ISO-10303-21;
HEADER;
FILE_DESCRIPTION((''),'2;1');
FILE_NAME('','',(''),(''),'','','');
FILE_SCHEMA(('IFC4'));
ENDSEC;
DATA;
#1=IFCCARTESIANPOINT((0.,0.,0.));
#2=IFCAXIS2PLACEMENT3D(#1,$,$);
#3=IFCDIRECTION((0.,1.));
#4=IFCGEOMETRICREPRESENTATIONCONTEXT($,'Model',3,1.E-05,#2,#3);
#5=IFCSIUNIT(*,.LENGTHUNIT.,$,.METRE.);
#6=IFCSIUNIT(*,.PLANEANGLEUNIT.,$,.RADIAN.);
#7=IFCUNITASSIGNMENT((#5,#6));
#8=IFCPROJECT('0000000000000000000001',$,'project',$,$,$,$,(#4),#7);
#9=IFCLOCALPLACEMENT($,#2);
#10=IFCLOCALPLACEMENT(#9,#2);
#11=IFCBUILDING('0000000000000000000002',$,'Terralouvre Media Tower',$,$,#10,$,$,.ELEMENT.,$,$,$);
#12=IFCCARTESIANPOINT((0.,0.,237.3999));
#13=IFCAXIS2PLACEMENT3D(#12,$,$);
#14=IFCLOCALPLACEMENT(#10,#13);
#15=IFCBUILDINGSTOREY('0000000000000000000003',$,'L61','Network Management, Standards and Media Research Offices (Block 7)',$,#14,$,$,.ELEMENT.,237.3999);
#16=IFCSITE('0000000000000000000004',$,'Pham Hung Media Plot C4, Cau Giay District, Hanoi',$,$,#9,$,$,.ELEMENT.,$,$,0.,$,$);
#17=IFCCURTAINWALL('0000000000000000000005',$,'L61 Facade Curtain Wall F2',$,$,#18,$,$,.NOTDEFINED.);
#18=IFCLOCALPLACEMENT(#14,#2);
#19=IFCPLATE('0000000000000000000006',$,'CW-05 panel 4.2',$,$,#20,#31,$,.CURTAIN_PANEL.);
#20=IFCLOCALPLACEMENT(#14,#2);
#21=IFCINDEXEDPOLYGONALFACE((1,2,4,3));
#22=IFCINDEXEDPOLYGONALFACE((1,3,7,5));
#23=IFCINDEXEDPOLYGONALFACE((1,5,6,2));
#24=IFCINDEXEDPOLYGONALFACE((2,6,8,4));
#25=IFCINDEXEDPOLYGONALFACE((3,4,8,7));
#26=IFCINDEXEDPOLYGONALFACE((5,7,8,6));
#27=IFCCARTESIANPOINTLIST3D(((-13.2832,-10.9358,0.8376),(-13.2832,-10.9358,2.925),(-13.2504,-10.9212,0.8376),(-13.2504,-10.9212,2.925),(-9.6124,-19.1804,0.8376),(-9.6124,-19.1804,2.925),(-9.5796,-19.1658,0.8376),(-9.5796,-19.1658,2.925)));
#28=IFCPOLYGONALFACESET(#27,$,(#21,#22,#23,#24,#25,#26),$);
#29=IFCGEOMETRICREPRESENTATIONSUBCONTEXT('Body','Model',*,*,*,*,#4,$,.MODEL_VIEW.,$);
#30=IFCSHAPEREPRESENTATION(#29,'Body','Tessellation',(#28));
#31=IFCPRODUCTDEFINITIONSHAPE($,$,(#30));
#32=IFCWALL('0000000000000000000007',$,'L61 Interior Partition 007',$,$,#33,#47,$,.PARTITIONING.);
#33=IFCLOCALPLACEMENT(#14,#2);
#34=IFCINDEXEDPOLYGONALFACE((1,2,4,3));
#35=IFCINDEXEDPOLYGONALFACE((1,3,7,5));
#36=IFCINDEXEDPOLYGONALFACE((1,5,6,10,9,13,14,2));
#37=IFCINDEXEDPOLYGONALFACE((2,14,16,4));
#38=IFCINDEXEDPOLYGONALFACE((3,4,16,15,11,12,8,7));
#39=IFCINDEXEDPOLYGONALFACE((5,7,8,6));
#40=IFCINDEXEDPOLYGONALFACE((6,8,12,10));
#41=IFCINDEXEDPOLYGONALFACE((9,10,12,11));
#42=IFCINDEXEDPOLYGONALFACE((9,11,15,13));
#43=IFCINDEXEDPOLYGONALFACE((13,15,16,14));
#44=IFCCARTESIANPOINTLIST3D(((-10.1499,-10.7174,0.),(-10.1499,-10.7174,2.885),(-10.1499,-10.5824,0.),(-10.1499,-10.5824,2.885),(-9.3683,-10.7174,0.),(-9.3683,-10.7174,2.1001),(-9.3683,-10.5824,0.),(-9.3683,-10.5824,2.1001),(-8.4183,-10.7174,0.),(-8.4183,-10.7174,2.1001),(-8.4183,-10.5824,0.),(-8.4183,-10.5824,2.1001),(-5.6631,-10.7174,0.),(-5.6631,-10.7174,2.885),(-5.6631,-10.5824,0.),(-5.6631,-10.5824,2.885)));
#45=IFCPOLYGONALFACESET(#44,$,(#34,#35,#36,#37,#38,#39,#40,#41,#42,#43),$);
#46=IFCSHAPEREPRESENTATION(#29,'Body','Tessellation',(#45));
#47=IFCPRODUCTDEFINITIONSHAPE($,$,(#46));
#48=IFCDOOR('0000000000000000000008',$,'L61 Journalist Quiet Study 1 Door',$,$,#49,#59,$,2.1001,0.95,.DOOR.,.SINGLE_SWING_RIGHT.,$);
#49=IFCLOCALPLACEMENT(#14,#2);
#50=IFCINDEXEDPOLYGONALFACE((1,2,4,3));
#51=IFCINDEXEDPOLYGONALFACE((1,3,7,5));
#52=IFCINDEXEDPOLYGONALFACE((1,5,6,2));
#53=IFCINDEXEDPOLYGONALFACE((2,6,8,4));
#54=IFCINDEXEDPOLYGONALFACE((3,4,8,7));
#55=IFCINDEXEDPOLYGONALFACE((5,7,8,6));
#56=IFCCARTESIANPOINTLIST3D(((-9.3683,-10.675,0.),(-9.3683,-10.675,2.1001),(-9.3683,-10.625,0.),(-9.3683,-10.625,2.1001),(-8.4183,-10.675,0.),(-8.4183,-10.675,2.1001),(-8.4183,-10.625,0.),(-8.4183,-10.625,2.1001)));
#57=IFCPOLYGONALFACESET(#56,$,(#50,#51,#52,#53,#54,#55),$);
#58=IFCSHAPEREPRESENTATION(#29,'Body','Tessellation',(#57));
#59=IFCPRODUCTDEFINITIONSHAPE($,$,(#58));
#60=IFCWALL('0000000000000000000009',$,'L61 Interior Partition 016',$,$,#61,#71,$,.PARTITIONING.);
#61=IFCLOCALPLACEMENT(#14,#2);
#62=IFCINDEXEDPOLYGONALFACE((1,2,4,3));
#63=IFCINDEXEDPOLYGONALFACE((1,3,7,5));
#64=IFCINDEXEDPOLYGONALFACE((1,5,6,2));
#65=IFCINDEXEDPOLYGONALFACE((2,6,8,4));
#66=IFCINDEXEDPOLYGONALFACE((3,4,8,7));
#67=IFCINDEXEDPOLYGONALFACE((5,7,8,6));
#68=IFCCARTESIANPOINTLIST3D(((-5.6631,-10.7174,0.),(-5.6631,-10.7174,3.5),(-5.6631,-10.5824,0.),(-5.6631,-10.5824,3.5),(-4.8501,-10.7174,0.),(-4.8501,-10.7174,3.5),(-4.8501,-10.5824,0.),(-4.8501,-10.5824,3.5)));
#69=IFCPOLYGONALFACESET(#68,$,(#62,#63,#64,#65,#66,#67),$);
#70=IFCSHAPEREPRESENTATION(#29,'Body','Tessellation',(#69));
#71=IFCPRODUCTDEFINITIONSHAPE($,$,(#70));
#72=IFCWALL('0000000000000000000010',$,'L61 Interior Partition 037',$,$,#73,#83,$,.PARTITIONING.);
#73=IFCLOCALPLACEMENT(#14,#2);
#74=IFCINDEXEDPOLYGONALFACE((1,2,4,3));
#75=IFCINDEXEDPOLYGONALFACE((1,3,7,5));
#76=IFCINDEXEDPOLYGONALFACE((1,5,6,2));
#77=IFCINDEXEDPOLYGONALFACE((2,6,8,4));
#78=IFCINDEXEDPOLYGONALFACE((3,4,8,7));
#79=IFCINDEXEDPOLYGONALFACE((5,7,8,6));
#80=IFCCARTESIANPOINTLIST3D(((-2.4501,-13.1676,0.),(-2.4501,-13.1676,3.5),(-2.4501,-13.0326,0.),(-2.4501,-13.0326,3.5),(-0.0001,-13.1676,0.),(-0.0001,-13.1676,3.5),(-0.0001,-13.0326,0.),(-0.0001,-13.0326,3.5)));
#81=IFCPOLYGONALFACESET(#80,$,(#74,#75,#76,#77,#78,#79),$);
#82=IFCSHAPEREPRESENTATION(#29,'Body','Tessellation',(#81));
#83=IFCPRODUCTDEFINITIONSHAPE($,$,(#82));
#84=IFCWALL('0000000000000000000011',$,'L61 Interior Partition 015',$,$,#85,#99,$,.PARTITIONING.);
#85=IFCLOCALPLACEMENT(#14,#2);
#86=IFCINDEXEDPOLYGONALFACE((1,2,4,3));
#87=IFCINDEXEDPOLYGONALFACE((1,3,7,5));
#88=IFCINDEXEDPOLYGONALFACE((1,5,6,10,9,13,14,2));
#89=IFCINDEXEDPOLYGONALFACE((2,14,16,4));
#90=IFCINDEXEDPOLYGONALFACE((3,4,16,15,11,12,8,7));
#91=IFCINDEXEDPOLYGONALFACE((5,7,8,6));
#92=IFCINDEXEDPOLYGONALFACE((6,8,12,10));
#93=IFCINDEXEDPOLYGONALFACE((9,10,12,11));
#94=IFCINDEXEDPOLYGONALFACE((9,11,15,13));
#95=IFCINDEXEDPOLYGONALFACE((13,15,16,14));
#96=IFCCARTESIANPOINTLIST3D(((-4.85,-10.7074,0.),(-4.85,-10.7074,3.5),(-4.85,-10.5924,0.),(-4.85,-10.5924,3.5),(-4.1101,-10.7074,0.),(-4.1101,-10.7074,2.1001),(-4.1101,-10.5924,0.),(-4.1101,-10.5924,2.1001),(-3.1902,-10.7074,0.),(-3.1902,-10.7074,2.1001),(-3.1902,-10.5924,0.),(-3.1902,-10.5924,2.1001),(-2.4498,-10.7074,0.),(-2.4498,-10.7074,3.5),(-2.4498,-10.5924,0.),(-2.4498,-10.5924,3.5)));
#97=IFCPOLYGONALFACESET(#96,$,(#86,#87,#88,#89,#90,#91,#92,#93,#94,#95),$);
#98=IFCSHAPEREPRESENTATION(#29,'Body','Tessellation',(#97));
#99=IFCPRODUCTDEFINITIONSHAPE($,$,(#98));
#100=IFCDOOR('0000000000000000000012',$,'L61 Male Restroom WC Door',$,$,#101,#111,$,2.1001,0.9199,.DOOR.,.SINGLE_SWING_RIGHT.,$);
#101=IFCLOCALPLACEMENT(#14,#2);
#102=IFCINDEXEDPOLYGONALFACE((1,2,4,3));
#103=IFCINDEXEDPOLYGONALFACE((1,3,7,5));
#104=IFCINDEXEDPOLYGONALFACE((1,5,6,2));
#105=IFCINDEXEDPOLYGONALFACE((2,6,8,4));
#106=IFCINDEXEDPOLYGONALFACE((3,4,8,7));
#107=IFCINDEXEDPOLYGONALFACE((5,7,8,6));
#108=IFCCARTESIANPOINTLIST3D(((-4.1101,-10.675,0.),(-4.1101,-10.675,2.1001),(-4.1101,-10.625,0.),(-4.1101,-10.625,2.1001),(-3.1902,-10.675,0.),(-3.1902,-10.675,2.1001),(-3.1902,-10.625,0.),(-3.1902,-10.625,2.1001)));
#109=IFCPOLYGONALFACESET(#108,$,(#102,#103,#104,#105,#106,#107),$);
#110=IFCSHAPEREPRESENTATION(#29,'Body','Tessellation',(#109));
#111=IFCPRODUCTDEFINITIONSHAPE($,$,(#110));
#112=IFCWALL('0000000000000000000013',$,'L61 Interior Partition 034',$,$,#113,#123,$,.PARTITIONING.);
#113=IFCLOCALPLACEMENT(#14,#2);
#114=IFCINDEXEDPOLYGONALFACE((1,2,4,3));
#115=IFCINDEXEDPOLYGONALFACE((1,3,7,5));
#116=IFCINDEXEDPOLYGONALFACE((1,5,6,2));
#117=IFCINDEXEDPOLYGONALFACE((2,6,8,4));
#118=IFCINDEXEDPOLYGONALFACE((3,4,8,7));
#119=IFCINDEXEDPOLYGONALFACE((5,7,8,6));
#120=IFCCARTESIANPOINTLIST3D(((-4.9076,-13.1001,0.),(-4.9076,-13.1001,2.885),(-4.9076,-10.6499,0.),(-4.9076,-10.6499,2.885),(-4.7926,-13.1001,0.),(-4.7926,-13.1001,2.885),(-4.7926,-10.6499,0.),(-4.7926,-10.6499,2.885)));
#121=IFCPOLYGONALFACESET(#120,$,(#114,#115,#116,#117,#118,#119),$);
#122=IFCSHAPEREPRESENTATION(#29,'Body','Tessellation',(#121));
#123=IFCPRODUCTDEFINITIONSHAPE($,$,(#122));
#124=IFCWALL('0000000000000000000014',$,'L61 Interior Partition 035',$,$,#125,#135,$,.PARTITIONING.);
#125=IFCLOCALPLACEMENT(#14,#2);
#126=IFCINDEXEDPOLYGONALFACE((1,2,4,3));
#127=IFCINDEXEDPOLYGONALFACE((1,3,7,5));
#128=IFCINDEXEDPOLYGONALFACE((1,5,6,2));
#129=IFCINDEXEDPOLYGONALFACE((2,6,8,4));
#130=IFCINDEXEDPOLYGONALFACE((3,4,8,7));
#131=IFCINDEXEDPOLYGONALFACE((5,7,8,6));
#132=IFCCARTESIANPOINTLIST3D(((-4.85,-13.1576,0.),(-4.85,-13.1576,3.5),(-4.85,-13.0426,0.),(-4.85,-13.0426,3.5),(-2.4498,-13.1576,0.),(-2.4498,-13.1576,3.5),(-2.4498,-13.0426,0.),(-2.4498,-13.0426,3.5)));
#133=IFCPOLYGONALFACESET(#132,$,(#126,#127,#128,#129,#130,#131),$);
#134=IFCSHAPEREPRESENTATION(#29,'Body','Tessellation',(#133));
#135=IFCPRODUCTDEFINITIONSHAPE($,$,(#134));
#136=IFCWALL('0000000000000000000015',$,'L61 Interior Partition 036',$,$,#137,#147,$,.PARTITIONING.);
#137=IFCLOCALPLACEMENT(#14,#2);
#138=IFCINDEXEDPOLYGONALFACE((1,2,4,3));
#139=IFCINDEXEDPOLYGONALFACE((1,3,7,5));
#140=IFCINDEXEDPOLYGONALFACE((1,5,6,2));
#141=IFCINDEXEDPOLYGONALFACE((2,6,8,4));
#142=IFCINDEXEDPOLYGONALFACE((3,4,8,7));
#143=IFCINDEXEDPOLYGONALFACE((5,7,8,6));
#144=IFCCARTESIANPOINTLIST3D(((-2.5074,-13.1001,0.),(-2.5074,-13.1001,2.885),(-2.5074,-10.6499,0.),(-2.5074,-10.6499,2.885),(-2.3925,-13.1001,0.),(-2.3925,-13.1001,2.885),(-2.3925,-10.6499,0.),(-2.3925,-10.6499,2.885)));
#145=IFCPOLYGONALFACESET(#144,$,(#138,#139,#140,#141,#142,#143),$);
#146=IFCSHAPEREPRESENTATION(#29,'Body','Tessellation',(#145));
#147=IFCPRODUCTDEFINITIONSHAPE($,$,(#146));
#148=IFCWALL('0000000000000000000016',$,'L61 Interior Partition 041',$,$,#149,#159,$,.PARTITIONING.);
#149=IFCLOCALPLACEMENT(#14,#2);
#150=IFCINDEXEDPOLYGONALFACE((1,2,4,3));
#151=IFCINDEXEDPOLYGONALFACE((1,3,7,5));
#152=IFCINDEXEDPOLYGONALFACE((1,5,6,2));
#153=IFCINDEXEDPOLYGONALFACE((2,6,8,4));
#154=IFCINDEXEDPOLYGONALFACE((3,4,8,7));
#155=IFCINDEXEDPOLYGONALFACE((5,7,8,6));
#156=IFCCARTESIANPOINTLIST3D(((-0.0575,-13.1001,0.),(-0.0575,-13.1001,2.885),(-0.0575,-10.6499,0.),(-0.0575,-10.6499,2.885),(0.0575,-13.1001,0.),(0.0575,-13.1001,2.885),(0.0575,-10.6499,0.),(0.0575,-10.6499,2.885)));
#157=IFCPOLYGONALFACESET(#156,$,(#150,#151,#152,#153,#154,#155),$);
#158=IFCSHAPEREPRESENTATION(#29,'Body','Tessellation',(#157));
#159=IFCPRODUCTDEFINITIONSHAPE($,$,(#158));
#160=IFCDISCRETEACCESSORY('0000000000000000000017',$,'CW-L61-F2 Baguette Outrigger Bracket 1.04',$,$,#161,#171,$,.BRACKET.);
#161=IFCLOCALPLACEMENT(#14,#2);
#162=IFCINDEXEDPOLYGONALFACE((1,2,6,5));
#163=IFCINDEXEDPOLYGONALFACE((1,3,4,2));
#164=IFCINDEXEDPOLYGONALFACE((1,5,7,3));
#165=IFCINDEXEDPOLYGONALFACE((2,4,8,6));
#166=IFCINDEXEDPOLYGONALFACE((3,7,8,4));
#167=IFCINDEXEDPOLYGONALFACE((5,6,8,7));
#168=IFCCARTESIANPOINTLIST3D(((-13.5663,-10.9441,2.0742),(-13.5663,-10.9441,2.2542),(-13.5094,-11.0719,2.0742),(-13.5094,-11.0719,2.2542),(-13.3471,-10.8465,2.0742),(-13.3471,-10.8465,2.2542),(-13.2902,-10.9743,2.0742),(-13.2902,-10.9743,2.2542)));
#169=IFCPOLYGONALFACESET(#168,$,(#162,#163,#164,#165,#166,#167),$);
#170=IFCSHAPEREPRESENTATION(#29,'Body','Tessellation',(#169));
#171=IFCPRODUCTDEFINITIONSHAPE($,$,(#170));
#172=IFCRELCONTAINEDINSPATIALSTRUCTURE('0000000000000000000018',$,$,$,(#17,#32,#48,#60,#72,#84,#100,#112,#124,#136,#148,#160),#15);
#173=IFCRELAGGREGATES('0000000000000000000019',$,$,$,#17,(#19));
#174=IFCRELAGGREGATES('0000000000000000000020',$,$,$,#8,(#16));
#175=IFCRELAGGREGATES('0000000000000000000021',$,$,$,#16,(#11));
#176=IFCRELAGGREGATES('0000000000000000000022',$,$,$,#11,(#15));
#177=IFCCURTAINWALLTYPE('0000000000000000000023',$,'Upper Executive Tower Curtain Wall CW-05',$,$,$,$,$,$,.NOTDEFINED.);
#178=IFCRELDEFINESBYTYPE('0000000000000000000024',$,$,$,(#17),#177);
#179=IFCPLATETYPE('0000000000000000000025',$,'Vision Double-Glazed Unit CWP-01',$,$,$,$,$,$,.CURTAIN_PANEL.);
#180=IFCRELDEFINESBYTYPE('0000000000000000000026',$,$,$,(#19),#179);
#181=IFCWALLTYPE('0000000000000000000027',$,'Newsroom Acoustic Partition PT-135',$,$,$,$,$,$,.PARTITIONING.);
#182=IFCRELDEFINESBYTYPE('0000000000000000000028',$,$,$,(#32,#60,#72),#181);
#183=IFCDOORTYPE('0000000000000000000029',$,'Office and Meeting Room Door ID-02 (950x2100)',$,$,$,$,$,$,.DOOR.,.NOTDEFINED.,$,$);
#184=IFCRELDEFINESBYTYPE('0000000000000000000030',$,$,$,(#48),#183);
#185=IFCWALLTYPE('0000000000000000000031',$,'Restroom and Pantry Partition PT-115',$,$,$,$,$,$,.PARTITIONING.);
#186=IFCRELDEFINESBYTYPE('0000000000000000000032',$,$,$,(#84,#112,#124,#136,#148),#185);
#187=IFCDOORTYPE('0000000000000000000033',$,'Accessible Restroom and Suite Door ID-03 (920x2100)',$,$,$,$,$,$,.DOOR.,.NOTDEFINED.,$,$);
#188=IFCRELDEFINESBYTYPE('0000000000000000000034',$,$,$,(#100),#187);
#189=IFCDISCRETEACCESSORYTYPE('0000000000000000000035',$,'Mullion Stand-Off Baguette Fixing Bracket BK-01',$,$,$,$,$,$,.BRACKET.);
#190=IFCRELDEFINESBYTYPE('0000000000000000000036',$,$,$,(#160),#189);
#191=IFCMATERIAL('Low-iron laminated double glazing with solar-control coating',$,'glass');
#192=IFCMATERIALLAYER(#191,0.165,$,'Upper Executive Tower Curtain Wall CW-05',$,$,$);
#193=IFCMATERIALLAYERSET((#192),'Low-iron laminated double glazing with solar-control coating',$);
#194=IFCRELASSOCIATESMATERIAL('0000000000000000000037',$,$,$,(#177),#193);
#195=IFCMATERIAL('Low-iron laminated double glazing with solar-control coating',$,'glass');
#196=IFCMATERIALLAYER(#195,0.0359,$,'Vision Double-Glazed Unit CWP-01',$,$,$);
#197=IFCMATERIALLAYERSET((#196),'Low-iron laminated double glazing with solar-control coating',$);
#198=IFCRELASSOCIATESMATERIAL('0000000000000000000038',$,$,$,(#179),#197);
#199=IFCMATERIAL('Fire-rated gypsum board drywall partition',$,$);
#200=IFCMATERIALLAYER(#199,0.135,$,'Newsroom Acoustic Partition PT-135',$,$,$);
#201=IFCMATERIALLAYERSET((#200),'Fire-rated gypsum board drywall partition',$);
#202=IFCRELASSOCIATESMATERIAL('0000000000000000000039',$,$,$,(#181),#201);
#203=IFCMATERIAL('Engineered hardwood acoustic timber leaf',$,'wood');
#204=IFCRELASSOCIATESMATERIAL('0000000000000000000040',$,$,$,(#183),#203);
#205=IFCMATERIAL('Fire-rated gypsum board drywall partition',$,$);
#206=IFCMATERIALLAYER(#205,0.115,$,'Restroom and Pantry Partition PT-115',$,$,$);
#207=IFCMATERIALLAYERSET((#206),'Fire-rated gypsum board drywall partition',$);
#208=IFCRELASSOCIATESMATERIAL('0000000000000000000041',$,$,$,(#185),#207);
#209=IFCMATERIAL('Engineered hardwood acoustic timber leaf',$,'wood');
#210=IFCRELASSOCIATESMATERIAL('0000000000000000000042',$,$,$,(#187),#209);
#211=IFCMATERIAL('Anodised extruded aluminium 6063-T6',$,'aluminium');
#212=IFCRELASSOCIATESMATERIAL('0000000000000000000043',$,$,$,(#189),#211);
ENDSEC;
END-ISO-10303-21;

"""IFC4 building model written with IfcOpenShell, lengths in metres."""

from ifc_helpers import new_model, si_unit, direction, frame, frame_2d, origin, origin_2d, place, context, subcontext, project, spatial, rectangle, extrude, material, layer, layer_set, type_object, element, fill, aggregate, save


model = new_model("IFC4")

# Units and contexts
model_context = context("Model", 3, precision=1e-05, world=origin(), true_north=direction((0.0, 1.0)))
body_context = subcontext(model_context, "Body", "Model", "MODEL_VIEW")
ifc_project = project(units=[si_unit("LENGTHUNIT", "METRE"), si_unit("PLANEANGLEUNIT", "RADIAN")], contexts=[model_context])

# Site, building, storey
site_placement = place(None, origin())
site = spatial("IfcSite", under=ifc_project, at=site_placement, Name="Pham Hung Media Plot C4, Cau Giay District, Hanoi", CompositionType="ELEMENT", RefElevation=0.0)
building_placement = place(site_placement, origin())
building = spatial("IfcBuilding", under=site, at=building_placement, Name="Terralouvre Media Tower", CompositionType="ELEMENT")
storey_placement = place(building_placement, frame((0.0, 0.0, 237.3999)))
storey = spatial("IfcBuildingStorey", under=building, at=storey_placement, Name="L61", Description="Network Management, Standards and Media Research Offices (Block 7)", CompositionType="ELEMENT", Elevation=237.3999)

# Curtain wall
ifc_material_1 = material(Name="Low-iron laminated double glazing with solar-control coating", Category="glass")
ifc_layer_1 = layer(ifc_material_1, 0.165, Name="Upper Executive Tower Curtain Wall CW-05")
ifc_layer_set_1 = layer_set([ifc_layer_1], Name="Low-iron laminated double glazing with solar-control coating")
curtain_wall_type = type_object("IfcCurtainWallType", Name="Upper Executive Tower Curtain Wall CW-05", PredefinedType="NOTDEFINED", material=ifc_layer_set_1)
curtain_wall_placement = place(storey_placement, origin())
curtain_wall = element("IfcCurtainWall", 1, at=curtain_wall_placement, inside=storey, type_object=curtain_wall_type, Name="L61 Facade Curtain Wall F2", PredefinedType="NOTDEFINED")

# Plate
ifc_material_2 = material(Name="Low-iron laminated double glazing with solar-control coating", Category="glass")
ifc_layer_2 = layer(ifc_material_2, 0.0359, Name="Vision Double-Glazed Unit CWP-01")
ifc_layer_set_2 = layer_set([ifc_layer_2], Name="Low-iron laminated double glazing with solar-control coating")
plate_type = type_object("IfcPlateType", Name="Vision Double-Glazed Unit CWP-01", PredefinedType="CURTAIN_PANEL", material=ifc_layer_set_2)
plate_1_placement = place(storey_placement, frame((-11.4314, -15.0508, 0.8376), z_axis=(0.0, 0.0, 1.0), x_axis=(0.406737, -0.913545, 0.0)))
plate_1 = element("IfcPlate", 2, at=plate_1_placement, type_object=plate_type, Name="CW-05 panel 4.2", PredefinedType="CURTAIN_PANEL", context=body_context, shape_type="SweptSolid", body=[
    extrude(rectangle(XDim=9.0249, YDim=0.0359, at=origin_2d()), origin(), (0.0, 0.0, 1.0), 2.0874),
])
aggregate(curtain_wall, [plate_1])

# Wall, opening, door
ifc_material_3 = material(Name="Fire-rated gypsum board drywall partition")
ifc_layer_3 = layer(ifc_material_3, 0.135, Name="Newsroom Acoustic Partition PT-135")
ifc_layer_set_3 = layer_set([ifc_layer_3], Name="Fire-rated gypsum board drywall partition")
wall_type_1 = type_object("IfcWallType", Name="Newsroom Acoustic Partition PT-135", PredefinedType="PARTITIONING", material=ifc_layer_set_3)
wall_1_placement = place(storey_placement, frame((-10.1499, -10.6499, 0.0), z_axis=(0.0, 0.0, 1.0), x_axis=(1.0, 0.0, 0.0)))
wall_1 = element("IfcWall", 3, at=wall_1_placement, inside=storey, type_object=wall_type_1, Name="L61 Interior Partition 007", PredefinedType="PARTITIONING", context=body_context, shape_type="SweptSolid", body=[
    extrude(rectangle(XDim=4.4868, YDim=0.135, at=frame_2d((2.2434, 0.0))), origin(), (0.0, 0.0, 1.0), 2.885),
])
opening_1_placement = place(wall_1_placement, frame((0.7815, 0.0, 0.0)))
opening_1 = element("IfcOpeningElement", 4, at=opening_1_placement, cuts=wall_1, PredefinedType="OPENING", context=body_context, shape_type="SweptSolid", body=[
    extrude(rectangle(XDim=0.95, YDim=2.1001, at=frame_2d((0.4751, 1.05))), frame((0.0, 0.0774, 0.0), z_axis=(0.0, -1.0, 0.0), x_axis=(1.0, 0.0, 0.0)), (0.0, 0.0, 1.0), 0.155),
])
ifc_material_4 = material(Name="Engineered hardwood acoustic timber leaf", Category="wood")
door_type_1 = type_object("IfcDoorType", Name="Office and Meeting Room Door ID-02 (950x2100)", OperationType="NOTDEFINED", PredefinedType="DOOR", material=ifc_material_4)
door_1_placement = place(opening_1_placement, origin())
door_1 = element("IfcDoor", 5, at=door_1_placement, inside=storey, type_object=door_type_1, Name="L61 Journalist Quiet Study 1 Door", OperationType="SINGLE_SWING_RIGHT", OverallHeight=2.1001, OverallWidth=0.95, PredefinedType="DOOR", context=body_context, shape_type="SweptSolid", body=[
    extrude(rectangle(XDim=0.95, YDim=2.1001, at=frame_2d((0.4751, 1.05))), frame((0.0, 0.0249, 0.0), z_axis=(0.0, -1.0, 0.0), x_axis=(1.0, 0.0, 0.0)), (0.0, 0.0, 1.0), 0.05),
])
fill(opening_1, door_1)

# Walls
wall_2_placement = place(storey_placement, frame((-5.6631, -10.6499, 0.0), z_axis=(0.0, 0.0, 1.0), x_axis=(1.0, 0.0, 0.0)))
element("IfcWall", 6, at=wall_2_placement, inside=storey, type_object=wall_type_1, Name="L61 Interior Partition 016", PredefinedType="PARTITIONING", context=body_context, shape_type="SweptSolid", body=[
    extrude(rectangle(XDim=0.813, YDim=0.135, at=frame_2d((0.4065, 0.0))), origin(), (0.0, 0.0, 1.0), 3.5),
])
wall_3_placement = place(storey_placement, frame((0.0, -13.1001, 0.0), z_axis=(0.0, 0.0, 1.0), x_axis=(-1.0, 0.0, 0.0)))
element("IfcWall", 7, at=wall_3_placement, inside=storey, type_object=wall_type_1, Name="L61 Interior Partition 037", PredefinedType="PARTITIONING", context=body_context, shape_type="SweptSolid", body=[
    extrude(rectangle(XDim=2.45, YDim=0.135, at=frame_2d((1.2251, 0.0))), origin(), (0.0, 0.0, 1.0), 3.5),
])

# Wall, opening, door
ifc_material_5 = material(Name="Fire-rated gypsum board drywall partition")
ifc_layer_4 = layer(ifc_material_5, 0.115, Name="Restroom and Pantry Partition PT-115")
ifc_layer_set_4 = layer_set([ifc_layer_4], Name="Fire-rated gypsum board drywall partition")
wall_type_2 = type_object("IfcWallType", Name="Restroom and Pantry Partition PT-115", PredefinedType="PARTITIONING", material=ifc_layer_set_4)
wall_4_placement = place(storey_placement, frame((-4.8501, -10.6499, 0.0), z_axis=(0.0, 0.0, 1.0), x_axis=(1.0, 0.0, 0.0)))
wall_4 = element("IfcWall", 8, at=wall_4_placement, inside=storey, type_object=wall_type_2, Name="L61 Interior Partition 015", PredefinedType="PARTITIONING", context=body_context, shape_type="SweptSolid", body=[
    extrude(rectangle(XDim=2.4001, YDim=0.115, at=frame_2d((1.2002, 0.0))), origin(), (0.0, 0.0, 1.0), 3.5),
])
opening_2_placement = place(wall_4_placement, frame((0.74, 0.0, 0.0)))
opening_2 = element("IfcOpeningElement", 9, at=opening_2_placement, cuts=wall_4, PredefinedType="OPENING", context=body_context, shape_type="SweptSolid", body=[
    extrude(rectangle(XDim=0.9199, YDim=2.1001, at=frame_2d((0.46, 1.05))), frame((0.0, 0.0674, 0.0), z_axis=(0.0, -1.0, 0.0), x_axis=(1.0, 0.0, 0.0)), (0.0, 0.0, 1.0), 0.135),
])
ifc_material_6 = material(Name="Engineered hardwood acoustic timber leaf", Category="wood")
door_type_2 = type_object("IfcDoorType", Name="Accessible Restroom and Suite Door ID-03 (920x2100)", OperationType="NOTDEFINED", PredefinedType="DOOR", material=ifc_material_6)
door_2_placement = place(opening_2_placement, origin())
door_2 = element("IfcDoor", 10, at=door_2_placement, inside=storey, type_object=door_type_2, Name="L61 Male Restroom WC Door", OperationType="SINGLE_SWING_RIGHT", OverallHeight=2.1001, OverallWidth=0.9199, PredefinedType="DOOR", context=body_context, shape_type="SweptSolid", body=[
    extrude(rectangle(XDim=0.9199, YDim=2.1001, at=frame_2d((0.46, 1.05))), frame((0.0, 0.0249, 0.0), z_axis=(0.0, -1.0, 0.0), x_axis=(1.0, 0.0, 0.0)), (0.0, 0.0, 1.0), 0.05),
])
fill(opening_2, door_2)

# Walls
wall_5_placement = place(storey_placement, frame((-4.8501, -10.6499, 0.0), z_axis=(0.0, 0.0, 1.0), x_axis=(0.0, -1.0, 0.0)))
element("IfcWall", 11, at=wall_5_placement, inside=storey, type_object=wall_type_2, Name="L61 Interior Partition 034", PredefinedType="PARTITIONING", context=body_context, shape_type="SweptSolid", body=[
    extrude(rectangle(XDim=2.4502, YDim=0.115, at=frame_2d((1.2251, 0.0))), origin(), (0.0, 0.0, 1.0), 2.885),
])
wall_6_placement = place(storey_placement, frame((-4.8501, -13.1001, 0.0), z_axis=(0.0, 0.0, 1.0), x_axis=(1.0, 0.0, 0.0)))
element("IfcWall", 12, at=wall_6_placement, inside=storey, type_object=wall_type_2, Name="L61 Interior Partition 035", PredefinedType="PARTITIONING", context=body_context, shape_type="SweptSolid", body=[
    extrude(rectangle(XDim=2.4001, YDim=0.115, at=frame_2d((1.2002, 0.0))), origin(), (0.0, 0.0, 1.0), 3.5),
])
for number, where, z_axis, x_axis, name in (
    (13, (-2.45, -13.1001, 0.0), (0.0, 0.0, 1.0), (0.0, 1.0, 0.0), "L61 Interior Partition 036"),
    (14, (0.0, -13.1001, 0.0), (0.0, 0.0, 1.0), (0.0, 1.0, 0.0), "L61 Interior Partition 041"),
):
    element("IfcWall", number, at=place(storey_placement, frame(where, z_axis=z_axis, x_axis=x_axis)), inside=storey, type_object=wall_type_2, Name=name, PredefinedType="PARTITIONING", context=body_context, shape_type="SweptSolid", body=[
        extrude(rectangle(XDim=2.4502, YDim=0.115, at=frame_2d((1.2251, 0.0))), origin(), (0.0, 0.0, 1.0), 2.885),
    ])

# Discrete accessory
ifc_material_7 = material(Name="Anodised extruded aluminium 6063-T6", Category="aluminium")
discrete_accessory_type = type_object("IfcDiscreteAccessoryType", Name="Mullion Stand-Off Baguette Fixing Bracket BK-01", PredefinedType="BRACKET", material=ifc_material_7)
discrete_accessory_placement = place(storey_placement, frame((-13.4282, -10.9592, 2.0742), z_axis=(0.0, 0.0, 1.0), x_axis=(0.406737, -0.913545, 0.0)))
element("IfcDiscreteAccessory", 15, at=discrete_accessory_placement, inside=storey, type_object=discrete_accessory_type, Name="CW-L61-F2 Baguette Outrigger Bracket 1.04", PredefinedType="BRACKET", context=body_context, shape_type="SweptSolid", body=[
    extrude(rectangle(XDim=0.1399, YDim=0.24, at=origin_2d()), origin(), (0.0, 0.0, 1.0), 0.1799),
])

save(model, "model.ifc")
